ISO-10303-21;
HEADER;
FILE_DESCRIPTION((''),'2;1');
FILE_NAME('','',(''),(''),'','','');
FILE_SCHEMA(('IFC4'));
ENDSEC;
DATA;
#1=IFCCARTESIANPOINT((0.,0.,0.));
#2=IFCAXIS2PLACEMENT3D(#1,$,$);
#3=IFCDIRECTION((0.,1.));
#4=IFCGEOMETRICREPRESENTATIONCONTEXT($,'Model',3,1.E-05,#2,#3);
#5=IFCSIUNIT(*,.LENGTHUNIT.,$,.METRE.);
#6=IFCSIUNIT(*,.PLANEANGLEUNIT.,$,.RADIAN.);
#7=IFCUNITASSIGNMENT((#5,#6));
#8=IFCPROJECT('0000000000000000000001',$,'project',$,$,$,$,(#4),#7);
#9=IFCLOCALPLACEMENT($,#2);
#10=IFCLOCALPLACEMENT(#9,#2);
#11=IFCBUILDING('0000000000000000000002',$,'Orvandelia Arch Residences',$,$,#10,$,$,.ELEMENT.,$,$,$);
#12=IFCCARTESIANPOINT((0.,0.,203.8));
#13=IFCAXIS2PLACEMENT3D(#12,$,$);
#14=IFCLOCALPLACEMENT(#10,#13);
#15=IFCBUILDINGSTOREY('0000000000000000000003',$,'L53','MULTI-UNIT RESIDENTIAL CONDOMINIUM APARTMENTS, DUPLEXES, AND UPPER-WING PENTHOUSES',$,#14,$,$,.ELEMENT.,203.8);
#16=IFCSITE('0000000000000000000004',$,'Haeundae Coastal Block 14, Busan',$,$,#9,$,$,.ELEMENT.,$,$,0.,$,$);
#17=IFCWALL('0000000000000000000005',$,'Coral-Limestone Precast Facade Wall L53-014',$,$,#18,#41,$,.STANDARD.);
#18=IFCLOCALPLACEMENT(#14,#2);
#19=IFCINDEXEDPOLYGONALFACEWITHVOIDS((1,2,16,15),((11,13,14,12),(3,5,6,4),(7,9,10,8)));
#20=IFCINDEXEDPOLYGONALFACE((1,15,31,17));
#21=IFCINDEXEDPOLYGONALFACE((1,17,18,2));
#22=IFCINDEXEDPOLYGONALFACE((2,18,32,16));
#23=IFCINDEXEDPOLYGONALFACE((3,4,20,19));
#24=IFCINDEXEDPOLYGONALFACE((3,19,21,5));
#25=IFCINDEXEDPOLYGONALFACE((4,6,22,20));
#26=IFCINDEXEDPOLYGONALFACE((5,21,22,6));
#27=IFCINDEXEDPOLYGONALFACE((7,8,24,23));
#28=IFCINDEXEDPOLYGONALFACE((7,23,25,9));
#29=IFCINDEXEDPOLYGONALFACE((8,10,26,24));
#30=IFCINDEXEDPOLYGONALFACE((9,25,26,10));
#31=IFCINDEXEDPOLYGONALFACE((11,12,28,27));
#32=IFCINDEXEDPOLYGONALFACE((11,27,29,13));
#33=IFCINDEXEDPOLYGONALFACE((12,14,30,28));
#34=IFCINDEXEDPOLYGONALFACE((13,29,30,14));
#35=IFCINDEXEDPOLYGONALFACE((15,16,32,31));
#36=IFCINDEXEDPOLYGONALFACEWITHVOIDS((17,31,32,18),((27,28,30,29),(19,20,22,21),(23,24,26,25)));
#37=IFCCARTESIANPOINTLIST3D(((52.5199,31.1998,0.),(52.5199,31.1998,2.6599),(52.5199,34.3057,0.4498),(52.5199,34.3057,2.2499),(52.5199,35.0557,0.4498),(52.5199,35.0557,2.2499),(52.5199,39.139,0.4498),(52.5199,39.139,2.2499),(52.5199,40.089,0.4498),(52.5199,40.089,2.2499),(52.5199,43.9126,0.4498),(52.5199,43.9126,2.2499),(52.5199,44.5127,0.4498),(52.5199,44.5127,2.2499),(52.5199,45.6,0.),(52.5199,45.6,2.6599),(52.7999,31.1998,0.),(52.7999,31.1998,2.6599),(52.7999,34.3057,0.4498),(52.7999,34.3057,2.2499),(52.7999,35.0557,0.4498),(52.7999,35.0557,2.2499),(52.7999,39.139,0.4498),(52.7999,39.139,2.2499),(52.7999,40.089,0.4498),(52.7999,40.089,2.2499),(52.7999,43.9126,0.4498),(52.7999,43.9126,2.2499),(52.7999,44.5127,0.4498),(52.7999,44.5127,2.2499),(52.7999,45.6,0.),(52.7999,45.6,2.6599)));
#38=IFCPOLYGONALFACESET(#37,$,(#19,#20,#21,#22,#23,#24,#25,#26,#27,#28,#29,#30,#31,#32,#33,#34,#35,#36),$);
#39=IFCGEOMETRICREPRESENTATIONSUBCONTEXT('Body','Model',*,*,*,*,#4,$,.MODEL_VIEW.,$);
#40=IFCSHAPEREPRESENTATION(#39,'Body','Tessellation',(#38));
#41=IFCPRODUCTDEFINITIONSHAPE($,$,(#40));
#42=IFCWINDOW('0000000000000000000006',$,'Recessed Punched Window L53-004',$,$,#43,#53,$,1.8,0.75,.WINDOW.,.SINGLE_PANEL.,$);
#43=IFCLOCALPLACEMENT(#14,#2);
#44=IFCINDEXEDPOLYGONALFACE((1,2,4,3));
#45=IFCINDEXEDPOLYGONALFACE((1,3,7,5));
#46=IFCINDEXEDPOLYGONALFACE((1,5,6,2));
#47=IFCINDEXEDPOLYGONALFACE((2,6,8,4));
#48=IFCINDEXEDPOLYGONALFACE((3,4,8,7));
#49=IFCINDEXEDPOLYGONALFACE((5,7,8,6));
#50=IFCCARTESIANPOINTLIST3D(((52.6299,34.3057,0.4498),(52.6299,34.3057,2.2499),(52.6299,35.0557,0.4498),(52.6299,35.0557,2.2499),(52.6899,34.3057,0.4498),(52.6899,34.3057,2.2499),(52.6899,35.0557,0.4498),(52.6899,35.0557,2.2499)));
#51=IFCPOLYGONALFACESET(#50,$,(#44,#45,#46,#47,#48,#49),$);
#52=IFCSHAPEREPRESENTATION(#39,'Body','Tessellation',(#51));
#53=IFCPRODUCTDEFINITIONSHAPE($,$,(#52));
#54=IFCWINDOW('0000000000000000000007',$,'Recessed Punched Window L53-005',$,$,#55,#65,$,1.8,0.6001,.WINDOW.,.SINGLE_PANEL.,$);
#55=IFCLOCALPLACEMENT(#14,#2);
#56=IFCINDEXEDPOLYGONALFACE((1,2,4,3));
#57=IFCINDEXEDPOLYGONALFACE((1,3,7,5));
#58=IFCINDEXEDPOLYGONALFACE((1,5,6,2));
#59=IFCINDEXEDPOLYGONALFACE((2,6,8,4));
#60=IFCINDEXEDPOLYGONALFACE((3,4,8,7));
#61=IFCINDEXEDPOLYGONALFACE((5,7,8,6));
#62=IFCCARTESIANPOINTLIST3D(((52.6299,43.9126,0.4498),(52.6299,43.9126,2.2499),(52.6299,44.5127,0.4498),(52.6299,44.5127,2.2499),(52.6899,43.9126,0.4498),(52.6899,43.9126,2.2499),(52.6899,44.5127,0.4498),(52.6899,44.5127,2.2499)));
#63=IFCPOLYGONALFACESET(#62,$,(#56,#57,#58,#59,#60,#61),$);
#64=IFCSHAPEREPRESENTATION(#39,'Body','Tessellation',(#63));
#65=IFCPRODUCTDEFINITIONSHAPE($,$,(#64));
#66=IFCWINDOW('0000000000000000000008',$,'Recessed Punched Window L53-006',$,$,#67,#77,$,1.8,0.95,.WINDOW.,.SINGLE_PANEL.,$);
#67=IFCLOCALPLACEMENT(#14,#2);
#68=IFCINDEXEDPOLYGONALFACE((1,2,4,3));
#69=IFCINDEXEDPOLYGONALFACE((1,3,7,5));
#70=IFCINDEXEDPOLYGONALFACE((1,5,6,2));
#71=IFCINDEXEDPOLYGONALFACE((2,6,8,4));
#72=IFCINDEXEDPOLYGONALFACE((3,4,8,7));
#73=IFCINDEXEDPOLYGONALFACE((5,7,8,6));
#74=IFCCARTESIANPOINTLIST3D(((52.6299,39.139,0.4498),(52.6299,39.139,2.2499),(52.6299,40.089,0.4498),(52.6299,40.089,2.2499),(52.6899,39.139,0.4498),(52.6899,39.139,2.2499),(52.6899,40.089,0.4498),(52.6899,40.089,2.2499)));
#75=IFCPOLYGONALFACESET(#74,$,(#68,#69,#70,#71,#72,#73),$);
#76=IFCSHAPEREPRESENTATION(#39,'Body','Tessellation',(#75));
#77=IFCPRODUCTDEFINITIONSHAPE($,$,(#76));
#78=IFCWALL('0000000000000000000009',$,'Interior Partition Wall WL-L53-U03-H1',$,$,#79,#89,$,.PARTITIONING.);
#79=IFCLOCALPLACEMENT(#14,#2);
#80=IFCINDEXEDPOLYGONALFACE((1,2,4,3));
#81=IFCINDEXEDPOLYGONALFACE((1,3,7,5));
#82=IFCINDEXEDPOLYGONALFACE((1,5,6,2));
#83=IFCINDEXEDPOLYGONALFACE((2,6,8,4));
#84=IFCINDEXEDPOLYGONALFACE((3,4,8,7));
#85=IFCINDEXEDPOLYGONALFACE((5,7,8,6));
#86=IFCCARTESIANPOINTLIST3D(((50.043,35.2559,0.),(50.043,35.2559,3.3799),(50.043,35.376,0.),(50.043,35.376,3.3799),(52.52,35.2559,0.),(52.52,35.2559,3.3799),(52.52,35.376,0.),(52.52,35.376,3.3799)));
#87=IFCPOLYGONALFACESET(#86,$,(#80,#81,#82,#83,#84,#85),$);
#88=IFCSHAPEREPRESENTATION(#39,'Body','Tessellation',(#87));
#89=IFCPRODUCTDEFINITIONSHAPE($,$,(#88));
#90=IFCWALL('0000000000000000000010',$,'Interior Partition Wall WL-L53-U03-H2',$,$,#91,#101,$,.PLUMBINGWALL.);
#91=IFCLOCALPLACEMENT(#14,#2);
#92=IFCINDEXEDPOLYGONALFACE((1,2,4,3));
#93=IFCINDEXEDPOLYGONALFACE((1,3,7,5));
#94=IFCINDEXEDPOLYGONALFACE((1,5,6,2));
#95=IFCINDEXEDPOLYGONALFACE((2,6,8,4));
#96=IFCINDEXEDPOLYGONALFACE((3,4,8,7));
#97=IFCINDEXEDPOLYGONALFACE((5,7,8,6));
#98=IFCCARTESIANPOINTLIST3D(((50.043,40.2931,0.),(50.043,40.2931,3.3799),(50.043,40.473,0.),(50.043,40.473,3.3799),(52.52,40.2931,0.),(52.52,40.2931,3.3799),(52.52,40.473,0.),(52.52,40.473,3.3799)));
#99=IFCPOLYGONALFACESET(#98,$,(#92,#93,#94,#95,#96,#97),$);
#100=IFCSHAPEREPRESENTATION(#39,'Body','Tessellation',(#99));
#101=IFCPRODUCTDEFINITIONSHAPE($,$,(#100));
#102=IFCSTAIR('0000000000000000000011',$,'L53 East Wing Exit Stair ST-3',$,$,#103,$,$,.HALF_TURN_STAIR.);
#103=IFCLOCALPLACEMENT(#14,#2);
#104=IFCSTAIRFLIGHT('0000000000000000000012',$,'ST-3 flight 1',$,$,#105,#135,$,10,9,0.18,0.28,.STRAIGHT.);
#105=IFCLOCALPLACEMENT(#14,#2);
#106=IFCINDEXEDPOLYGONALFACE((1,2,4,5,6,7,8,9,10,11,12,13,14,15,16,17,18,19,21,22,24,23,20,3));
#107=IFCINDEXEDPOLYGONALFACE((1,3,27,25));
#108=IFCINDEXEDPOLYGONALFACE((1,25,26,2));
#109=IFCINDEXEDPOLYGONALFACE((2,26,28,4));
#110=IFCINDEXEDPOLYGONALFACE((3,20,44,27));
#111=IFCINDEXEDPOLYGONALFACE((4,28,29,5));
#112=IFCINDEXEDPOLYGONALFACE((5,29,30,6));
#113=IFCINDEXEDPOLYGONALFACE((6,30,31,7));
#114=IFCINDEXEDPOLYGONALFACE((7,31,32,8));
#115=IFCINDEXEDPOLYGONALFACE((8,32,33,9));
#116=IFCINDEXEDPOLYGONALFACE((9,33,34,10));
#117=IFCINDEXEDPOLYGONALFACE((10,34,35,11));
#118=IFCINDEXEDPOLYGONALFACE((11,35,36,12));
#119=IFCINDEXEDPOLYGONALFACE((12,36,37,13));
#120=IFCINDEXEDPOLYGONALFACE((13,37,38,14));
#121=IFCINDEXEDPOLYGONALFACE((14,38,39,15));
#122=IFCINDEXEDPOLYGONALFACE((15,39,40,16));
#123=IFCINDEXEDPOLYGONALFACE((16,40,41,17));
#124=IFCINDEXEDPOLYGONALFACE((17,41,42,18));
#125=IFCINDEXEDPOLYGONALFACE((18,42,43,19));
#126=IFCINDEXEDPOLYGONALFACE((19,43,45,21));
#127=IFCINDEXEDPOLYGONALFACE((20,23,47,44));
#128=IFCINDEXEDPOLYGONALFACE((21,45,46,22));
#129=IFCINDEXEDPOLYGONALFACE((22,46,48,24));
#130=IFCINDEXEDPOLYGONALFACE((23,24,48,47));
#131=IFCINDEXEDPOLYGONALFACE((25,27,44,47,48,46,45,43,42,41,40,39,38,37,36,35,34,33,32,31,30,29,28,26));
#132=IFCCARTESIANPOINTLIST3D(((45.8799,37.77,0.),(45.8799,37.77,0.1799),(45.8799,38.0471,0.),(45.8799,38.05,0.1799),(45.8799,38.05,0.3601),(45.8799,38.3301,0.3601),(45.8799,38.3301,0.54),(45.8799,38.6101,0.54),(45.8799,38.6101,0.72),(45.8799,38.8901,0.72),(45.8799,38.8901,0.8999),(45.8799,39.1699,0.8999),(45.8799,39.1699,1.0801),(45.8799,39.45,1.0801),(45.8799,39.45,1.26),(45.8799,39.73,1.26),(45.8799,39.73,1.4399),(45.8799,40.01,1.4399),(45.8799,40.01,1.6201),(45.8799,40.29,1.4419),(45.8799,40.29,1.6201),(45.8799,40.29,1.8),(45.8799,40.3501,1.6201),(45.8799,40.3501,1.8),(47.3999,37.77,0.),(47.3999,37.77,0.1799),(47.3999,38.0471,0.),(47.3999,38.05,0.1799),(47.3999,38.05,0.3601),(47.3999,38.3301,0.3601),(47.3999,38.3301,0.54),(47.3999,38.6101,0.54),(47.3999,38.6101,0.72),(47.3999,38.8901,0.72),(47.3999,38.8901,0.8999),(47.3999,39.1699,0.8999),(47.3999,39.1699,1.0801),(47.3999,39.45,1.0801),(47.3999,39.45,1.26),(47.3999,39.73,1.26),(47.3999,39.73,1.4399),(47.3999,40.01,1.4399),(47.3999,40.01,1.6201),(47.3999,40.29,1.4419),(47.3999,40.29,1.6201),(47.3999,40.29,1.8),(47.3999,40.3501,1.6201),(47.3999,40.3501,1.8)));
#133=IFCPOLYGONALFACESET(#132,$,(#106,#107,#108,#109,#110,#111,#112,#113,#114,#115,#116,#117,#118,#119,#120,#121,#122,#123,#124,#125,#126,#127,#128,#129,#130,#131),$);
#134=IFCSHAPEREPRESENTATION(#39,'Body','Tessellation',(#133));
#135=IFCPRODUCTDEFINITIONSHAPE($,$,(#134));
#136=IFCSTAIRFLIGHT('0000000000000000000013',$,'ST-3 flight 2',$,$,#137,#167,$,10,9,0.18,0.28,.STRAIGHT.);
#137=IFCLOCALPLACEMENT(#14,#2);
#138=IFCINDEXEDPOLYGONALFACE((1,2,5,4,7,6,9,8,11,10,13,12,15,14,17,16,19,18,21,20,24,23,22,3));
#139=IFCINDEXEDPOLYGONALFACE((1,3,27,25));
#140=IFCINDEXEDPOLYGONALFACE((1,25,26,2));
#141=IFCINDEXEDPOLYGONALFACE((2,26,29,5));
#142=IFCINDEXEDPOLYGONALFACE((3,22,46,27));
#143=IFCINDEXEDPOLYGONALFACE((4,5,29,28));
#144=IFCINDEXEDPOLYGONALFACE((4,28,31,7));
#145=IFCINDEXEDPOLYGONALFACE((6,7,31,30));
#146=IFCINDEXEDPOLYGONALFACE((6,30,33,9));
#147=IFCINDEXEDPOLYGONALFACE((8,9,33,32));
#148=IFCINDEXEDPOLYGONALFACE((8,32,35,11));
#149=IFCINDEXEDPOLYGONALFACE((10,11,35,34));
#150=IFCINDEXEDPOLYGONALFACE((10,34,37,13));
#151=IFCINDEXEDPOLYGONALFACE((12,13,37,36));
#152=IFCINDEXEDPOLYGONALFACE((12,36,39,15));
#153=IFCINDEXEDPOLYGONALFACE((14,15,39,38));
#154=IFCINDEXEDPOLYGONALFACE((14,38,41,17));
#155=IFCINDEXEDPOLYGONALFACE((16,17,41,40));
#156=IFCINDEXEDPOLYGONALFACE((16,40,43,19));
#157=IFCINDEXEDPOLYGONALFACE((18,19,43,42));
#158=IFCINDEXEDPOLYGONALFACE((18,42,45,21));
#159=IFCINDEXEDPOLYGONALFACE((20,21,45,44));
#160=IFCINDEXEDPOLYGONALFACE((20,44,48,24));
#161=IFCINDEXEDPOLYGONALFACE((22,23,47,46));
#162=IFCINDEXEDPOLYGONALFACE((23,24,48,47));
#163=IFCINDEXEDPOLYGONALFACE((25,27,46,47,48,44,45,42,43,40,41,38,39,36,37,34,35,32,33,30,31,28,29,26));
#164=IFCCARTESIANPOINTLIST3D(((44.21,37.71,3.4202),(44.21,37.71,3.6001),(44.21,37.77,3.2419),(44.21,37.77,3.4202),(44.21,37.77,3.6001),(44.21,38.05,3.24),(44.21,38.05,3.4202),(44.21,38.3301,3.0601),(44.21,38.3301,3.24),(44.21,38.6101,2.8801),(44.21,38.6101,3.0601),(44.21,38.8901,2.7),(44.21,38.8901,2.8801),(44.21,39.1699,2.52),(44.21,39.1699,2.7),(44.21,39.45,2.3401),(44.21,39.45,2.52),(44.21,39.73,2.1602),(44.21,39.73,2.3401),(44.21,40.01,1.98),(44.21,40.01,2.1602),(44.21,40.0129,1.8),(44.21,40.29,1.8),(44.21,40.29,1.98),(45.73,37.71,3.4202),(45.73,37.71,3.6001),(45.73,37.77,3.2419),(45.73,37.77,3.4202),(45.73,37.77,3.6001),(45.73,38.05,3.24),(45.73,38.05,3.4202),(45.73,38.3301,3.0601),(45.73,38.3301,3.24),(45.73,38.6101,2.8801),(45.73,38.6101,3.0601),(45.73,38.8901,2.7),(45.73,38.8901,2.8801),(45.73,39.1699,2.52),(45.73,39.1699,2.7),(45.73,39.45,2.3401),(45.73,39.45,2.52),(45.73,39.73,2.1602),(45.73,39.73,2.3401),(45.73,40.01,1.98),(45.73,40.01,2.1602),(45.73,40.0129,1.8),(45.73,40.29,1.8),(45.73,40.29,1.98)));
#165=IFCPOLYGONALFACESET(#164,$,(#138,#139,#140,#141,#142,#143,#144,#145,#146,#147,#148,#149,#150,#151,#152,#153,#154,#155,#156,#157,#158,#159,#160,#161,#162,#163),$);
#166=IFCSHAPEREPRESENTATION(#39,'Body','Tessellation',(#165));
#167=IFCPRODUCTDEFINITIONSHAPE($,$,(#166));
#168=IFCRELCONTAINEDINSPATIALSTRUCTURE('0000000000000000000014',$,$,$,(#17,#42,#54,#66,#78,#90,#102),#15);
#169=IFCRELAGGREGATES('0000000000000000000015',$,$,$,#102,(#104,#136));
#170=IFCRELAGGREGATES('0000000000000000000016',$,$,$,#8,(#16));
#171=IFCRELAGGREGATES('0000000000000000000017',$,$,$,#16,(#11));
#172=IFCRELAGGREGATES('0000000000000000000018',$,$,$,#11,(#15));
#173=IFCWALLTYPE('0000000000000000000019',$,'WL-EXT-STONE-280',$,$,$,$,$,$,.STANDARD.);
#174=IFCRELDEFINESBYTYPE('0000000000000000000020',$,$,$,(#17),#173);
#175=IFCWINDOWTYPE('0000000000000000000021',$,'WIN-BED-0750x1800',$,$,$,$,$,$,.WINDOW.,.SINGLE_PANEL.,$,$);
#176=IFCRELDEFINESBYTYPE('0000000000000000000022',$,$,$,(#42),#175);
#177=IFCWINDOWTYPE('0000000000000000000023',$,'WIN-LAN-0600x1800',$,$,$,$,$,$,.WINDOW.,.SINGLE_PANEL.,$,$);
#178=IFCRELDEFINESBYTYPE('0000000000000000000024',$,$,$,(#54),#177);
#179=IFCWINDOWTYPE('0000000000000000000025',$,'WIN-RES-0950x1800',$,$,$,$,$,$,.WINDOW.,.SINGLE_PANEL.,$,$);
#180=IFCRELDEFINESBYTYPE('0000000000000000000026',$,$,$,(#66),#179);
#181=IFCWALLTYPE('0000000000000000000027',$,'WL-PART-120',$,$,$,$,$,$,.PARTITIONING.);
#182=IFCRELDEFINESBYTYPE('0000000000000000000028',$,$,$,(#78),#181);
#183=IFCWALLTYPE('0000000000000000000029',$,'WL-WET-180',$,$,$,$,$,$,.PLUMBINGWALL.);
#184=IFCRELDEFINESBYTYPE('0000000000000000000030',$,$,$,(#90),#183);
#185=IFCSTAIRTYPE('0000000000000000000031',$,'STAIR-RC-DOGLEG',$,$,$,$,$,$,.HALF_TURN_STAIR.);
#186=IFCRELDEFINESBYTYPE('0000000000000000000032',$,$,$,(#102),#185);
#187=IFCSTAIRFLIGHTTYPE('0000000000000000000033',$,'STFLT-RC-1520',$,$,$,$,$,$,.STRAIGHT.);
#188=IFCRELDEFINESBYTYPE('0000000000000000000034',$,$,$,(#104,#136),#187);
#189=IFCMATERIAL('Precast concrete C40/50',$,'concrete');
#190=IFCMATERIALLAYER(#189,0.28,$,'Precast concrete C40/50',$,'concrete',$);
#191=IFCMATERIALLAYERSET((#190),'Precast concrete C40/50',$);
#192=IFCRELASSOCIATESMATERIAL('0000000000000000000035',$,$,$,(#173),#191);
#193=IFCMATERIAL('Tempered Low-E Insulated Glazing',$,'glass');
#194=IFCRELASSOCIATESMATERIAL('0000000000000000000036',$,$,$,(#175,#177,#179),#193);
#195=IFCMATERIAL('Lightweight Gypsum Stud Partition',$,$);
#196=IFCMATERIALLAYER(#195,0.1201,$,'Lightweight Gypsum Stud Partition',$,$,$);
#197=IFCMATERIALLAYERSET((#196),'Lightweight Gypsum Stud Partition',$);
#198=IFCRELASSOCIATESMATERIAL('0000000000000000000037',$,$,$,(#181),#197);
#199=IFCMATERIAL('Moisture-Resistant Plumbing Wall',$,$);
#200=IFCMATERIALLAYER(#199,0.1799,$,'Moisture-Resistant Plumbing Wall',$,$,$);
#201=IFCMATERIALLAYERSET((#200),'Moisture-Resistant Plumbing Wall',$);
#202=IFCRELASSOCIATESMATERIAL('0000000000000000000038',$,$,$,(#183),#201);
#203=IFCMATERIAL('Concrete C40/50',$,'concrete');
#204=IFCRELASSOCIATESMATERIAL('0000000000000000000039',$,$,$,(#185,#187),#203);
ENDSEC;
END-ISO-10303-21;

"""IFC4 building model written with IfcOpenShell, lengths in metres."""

from ifc_helpers import new_model, si_unit, direction, frame, frame_2d, origin, place, context, subcontext, project, spatial, polyline, rectangle, outline, extrude, material, layer, layer_set, type_object, element, fill, aggregate, save


model = new_model("IFC4")

# Units and contexts
model_context = context("Model", 3, precision=1e-05, world=origin(), true_north=direction((0.0, 1.0)))
body_context = subcontext(model_context, "Body", "Model", "MODEL_VIEW")
ifc_project = project(units=[si_unit("LENGTHUNIT", "METRE"), si_unit("PLANEANGLEUNIT", "RADIAN")], contexts=[model_context])

# Site, building, storey
site_placement = place(None, origin())
site = spatial("IfcSite", under=ifc_project, at=site_placement, Name="Haeundae Coastal Block 14, Busan", CompositionType="ELEMENT", RefElevation=0.0)
building_placement = place(site_placement, origin())
building = spatial("IfcBuilding", under=site, at=building_placement, Name="Orvandelia Arch Residences", CompositionType="ELEMENT")
storey_placement = place(building_placement, frame((0.0, 0.0, 203.8)))
storey = spatial("IfcBuildingStorey", under=building, at=storey_placement, Name="L53", Description="MULTI-UNIT RESIDENTIAL CONDOMINIUM APARTMENTS, DUPLEXES, AND UPPER-WING PENTHOUSES", CompositionType="ELEMENT", Elevation=203.8)

# Shared definitions
ifc_material_1 = material(Name="Precast concrete C40/50", Category="concrete")
ifc_layer_1 = layer(ifc_material_1, 0.28, Name="Precast concrete C40/50", Category="concrete")
ifc_layer_set_1 = layer_set([ifc_layer_1], Name="Precast concrete C40/50")
wall_type_1 = type_object("IfcWallType", Name="WL-EXT-STONE-280", PredefinedType="STANDARD", material=ifc_layer_set_1)

# Wall, openings, windows
wall_1_placement = place(storey_placement, frame((52.6599, 45.6001, 0.0), z_axis=(0.0, 0.0, 1.0), x_axis=(0.0, -1.0, 0.0)))
wall_1 = element("IfcWall", 1, at=wall_1_placement, inside=storey, type_object=wall_type_1, Name="Coral-Limestone Precast Facade Wall L53-014", PredefinedType="STANDARD", context=body_context, shape_type="SweptSolid", body=[
    extrude(rectangle(XDim=14.4001, YDim=0.28, at=frame_2d((7.2002, 0.0))), origin(), (0.0, 0.0, 1.0), 2.6599),
])
opening_1_placement = place(wall_1_placement, frame((10.5444, 0.0, 0.45)))
opening_1 = element("IfcOpeningElement", 2, at=opening_1_placement, cuts=wall_1, PredefinedType="OPENING", context=body_context, shape_type="SweptSolid", body=[
    extrude(rectangle(XDim=0.75, YDim=1.8, at=frame_2d((0.375, 0.8999))), frame((0.0, 0.1499, 0.0), z_axis=(0.0, -1.0, 0.0), x_axis=(1.0, 0.0, 0.0)), (0.0, 0.0, 1.0), 0.3),
])
opening_2_placement = place(wall_1_placement, frame((1.0874, 0.0, 0.45)))
opening_2 = element("IfcOpeningElement", 3, at=opening_2_placement, cuts=wall_1, PredefinedType="OPENING", context=body_context, shape_type="SweptSolid", body=[
    extrude(rectangle(XDim=0.6001, YDim=1.8, at=frame_2d((0.3, 0.8999))), frame((0.0, 0.1499, 0.0), z_axis=(0.0, -1.0, 0.0), x_axis=(1.0, 0.0, 0.0)), (0.0, 0.0, 1.0), 0.3),
])
opening_3_placement = place(wall_1_placement, frame((5.511, 0.0, 0.45)))
opening_3 = element("IfcOpeningElement", 4, at=opening_3_placement, cuts=wall_1, PredefinedType="OPENING", context=body_context, shape_type="SweptSolid", body=[
    extrude(rectangle(XDim=0.95, YDim=1.8, at=frame_2d((0.4751, 0.8999))), frame((0.0, 0.1499, 0.0), z_axis=(0.0, -1.0, 0.0), x_axis=(1.0, 0.0, 0.0)), (0.0, 0.0, 1.0), 0.3),
])
ifc_material_2 = material(Name="Tempered Low-E Insulated Glazing", Category="glass")
window_type_1 = type_object("IfcWindowType", Name="WIN-BED-0750x1800", PartitioningType="SINGLE_PANEL", PredefinedType="WINDOW", material=ifc_material_2)
window_1_placement = place(opening_1_placement, origin())
window_1 = element("IfcWindow", 5, at=window_1_placement, inside=storey, type_object=window_type_1, Name="Recessed Punched Window L53-004", OverallHeight=1.8, OverallWidth=0.75, PartitioningType="SINGLE_PANEL", PredefinedType="WINDOW", context=body_context, shape_type="SweptSolid", body=[
    extrude(rectangle(XDim=0.75, YDim=1.8, at=frame_2d((0.375, 0.8999))), frame((0.0, 0.03, 0.0), z_axis=(0.0, -1.0, 0.0), x_axis=(1.0, 0.0, 0.0)), (0.0, 0.0, 1.0), 0.0601),
])
fill(opening_1, window_1)
window_type_2 = type_object("IfcWindowType", Name="WIN-LAN-0600x1800", PartitioningType="SINGLE_PANEL", PredefinedType="WINDOW", material=ifc_material_2)
window_2_placement = place(opening_2_placement, origin())
window_2 = element("IfcWindow", 6, at=window_2_placement, inside=storey, type_object=window_type_2, Name="Recessed Punched Window L53-005", OverallHeight=1.8, OverallWidth=0.6001, PartitioningType="SINGLE_PANEL", PredefinedType="WINDOW", context=body_context, shape_type="SweptSolid", body=[
    extrude(rectangle(XDim=0.6001, YDim=1.8, at=frame_2d((0.3, 0.8999))), frame((0.0, 0.03, 0.0), z_axis=(0.0, -1.0, 0.0), x_axis=(1.0, 0.0, 0.0)), (0.0, 0.0, 1.0), 0.0601),
])
fill(opening_2, window_2)
window_type_3 = type_object("IfcWindowType", Name="WIN-RES-0950x1800", PartitioningType="SINGLE_PANEL", PredefinedType="WINDOW", material=ifc_material_2)
window_3_placement = place(opening_3_placement, origin())
window_3 = element("IfcWindow", 7, at=window_3_placement, inside=storey, type_object=window_type_3, Name="Recessed Punched Window L53-006", OverallHeight=1.8, OverallWidth=0.95, PartitioningType="SINGLE_PANEL", PredefinedType="WINDOW", context=body_context, shape_type="SweptSolid", body=[
    extrude(rectangle(XDim=0.95, YDim=1.8, at=frame_2d((0.4751, 0.8999))), frame((0.0, 0.03, 0.0), z_axis=(0.0, -1.0, 0.0), x_axis=(1.0, 0.0, 0.0)), (0.0, 0.0, 1.0), 0.0601),
])
fill(opening_3, window_3)

# Walls
ifc_material_3 = material(Name="Lightweight Gypsum Stud Partition")
ifc_layer_2 = layer(ifc_material_3, 0.1201, Name="Lightweight Gypsum Stud Partition")
ifc_layer_set_2 = layer_set([ifc_layer_2], Name="Lightweight Gypsum Stud Partition")
wall_type_2 = type_object("IfcWallType", Name="WL-PART-120", PredefinedType="PARTITIONING", material=ifc_layer_set_2)
wall_2_placement = place(storey_placement, frame((50.043, 35.3159, 0.0), z_axis=(0.0, 0.0, 1.0), x_axis=(1.0, 0.0, 0.0)))
element("IfcWall", 8, at=wall_2_placement, inside=storey, type_object=wall_type_2, Name="Interior Partition Wall WL-L53-U03-H1", PredefinedType="PARTITIONING", context=body_context, shape_type="SweptSolid", body=[
    extrude(rectangle(XDim=2.4771, YDim=0.1201, at=frame_2d((1.2385, 0.0))), origin(), (0.0, 0.0, 1.0), 3.3799),
])
ifc_material_4 = material(Name="Moisture-Resistant Plumbing Wall")
ifc_layer_3 = layer(ifc_material_4, 0.1799, Name="Moisture-Resistant Plumbing Wall")
ifc_layer_set_3 = layer_set([ifc_layer_3], Name="Moisture-Resistant Plumbing Wall")
wall_type_3 = type_object("IfcWallType", Name="WL-WET-180", PredefinedType="PLUMBINGWALL", material=ifc_layer_set_3)
wall_3_placement = place(storey_placement, frame((50.043, 40.3831, 0.0), z_axis=(0.0, 0.0, 1.0), x_axis=(1.0, 0.0, 0.0)))
element("IfcWall", 9, at=wall_3_placement, inside=storey, type_object=wall_type_3, Name="Interior Partition Wall WL-L53-U03-H2", PredefinedType="PLUMBINGWALL", context=body_context, shape_type="SweptSolid", body=[
    extrude(rectangle(XDim=2.4771, YDim=0.1799, at=frame_2d((1.2385, 0.0))), origin(), (0.0, 0.0, 1.0), 3.3799),
])

# Stair, stair flights
ifc_material_5 = material(Name="Concrete C40/50", Category="concrete")
stair_type = type_object("IfcStairType", Name="STAIR-RC-DOGLEG", PredefinedType="HALF_TURN_STAIR", material=ifc_material_5)
stair_placement = place(storey_placement, origin())
stair = element("IfcStair", 10, at=stair_placement, inside=storey, type_object=stair_type, Name="L53 East Wing Exit Stair ST-3", PredefinedType="HALF_TURN_STAIR")
stair_flight_type = type_object("IfcStairFlightType", Name="STFLT-RC-1520", PredefinedType="STRAIGHT", material=ifc_material_5)
stair_flight_1_placement = place(storey_placement, frame((46.6399, 37.77, 0.0), z_axis=(0.0, 0.0, 1.0), x_axis=(0.0, 1.0, 0.0)))
stair_flight_1 = element("IfcStairFlight", 11, at=stair_flight_1_placement, type_object=stair_flight_type, Name="ST-3 flight 1", NumberOfRisers=10, NumberOfTreads=9, PredefinedType="STRAIGHT", RiserHeight=0.18, TreadLength=0.28, context=body_context, shape_type="SweptSolid", body=[
    extrude(outline(polyline([(0.0, 0.0), (0.0, 0.1799), (0.28, 0.1799), (0.28, 0.3601), (0.5601, 0.3601), (0.5601, 0.54), (0.8401, 0.54), (0.8401, 0.72), (1.1201, 0.72), (1.1201, 0.8999), (1.3999, 0.8999), (1.3999, 1.0801), (1.6799, 1.0801), (1.6799, 1.26), (1.96, 1.26), (1.96, 1.4399), (2.24, 1.4399), (2.24, 1.6201), (2.52, 1.6201), (2.52, 1.8), (2.5801, 1.8), (2.5801, 1.6201), (2.52, 1.4419), (0.2771, 0.0), (0.0, 0.0)])), frame((0.0, 0.76, 0.0), z_axis=(0.0, -1.0, 0.0), x_axis=(1.0, 0.0, 0.0)), (0.0, 0.0, 1.0), 1.52),
])
stair_flight_2_placement = place(storey_placement, frame((44.97, 40.29, 1.8), z_axis=(0.0, 0.0, 1.0), x_axis=(0.0, -1.0, 0.0)))
stair_flight_2 = element("IfcStairFlight", 12, at=stair_flight_2_placement, type_object=stair_flight_type, Name="ST-3 flight 2", NumberOfRisers=10, NumberOfTreads=9, PredefinedType="STRAIGHT", RiserHeight=0.18, TreadLength=0.28, context=body_context, shape_type="SweptSolid", body=[
    extrude(outline(polyline([(0.0, 0.0), (0.0, 0.1799), (0.28, 0.1799), (0.28, 0.3601), (0.5601, 0.3601), (0.5601, 0.54), (0.8401, 0.54), (0.8401, 0.72), (1.1201, 0.72), (1.1201, 0.8999), (1.3999, 0.8999), (1.3999, 1.0801), (1.6799, 1.0801), (1.6799, 1.26), (1.96, 1.26), (1.96, 1.4399), (2.24, 1.4399), (2.24, 1.6201), (2.52, 1.6201), (2.52, 1.8), (2.5801, 1.8), (2.5801, 1.6201), (2.52, 1.4419), (0.2771, 0.0), (0.0, 0.0)])), frame((0.0, 0.76, 0.0), z_axis=(0.0, -1.0, 0.0), x_axis=(1.0, 0.0, 0.0)), (0.0, 0.0, 1.0), 1.52),
])
aggregate(stair, [stair_flight_1, stair_flight_2])

save(model, "model.ifc")
